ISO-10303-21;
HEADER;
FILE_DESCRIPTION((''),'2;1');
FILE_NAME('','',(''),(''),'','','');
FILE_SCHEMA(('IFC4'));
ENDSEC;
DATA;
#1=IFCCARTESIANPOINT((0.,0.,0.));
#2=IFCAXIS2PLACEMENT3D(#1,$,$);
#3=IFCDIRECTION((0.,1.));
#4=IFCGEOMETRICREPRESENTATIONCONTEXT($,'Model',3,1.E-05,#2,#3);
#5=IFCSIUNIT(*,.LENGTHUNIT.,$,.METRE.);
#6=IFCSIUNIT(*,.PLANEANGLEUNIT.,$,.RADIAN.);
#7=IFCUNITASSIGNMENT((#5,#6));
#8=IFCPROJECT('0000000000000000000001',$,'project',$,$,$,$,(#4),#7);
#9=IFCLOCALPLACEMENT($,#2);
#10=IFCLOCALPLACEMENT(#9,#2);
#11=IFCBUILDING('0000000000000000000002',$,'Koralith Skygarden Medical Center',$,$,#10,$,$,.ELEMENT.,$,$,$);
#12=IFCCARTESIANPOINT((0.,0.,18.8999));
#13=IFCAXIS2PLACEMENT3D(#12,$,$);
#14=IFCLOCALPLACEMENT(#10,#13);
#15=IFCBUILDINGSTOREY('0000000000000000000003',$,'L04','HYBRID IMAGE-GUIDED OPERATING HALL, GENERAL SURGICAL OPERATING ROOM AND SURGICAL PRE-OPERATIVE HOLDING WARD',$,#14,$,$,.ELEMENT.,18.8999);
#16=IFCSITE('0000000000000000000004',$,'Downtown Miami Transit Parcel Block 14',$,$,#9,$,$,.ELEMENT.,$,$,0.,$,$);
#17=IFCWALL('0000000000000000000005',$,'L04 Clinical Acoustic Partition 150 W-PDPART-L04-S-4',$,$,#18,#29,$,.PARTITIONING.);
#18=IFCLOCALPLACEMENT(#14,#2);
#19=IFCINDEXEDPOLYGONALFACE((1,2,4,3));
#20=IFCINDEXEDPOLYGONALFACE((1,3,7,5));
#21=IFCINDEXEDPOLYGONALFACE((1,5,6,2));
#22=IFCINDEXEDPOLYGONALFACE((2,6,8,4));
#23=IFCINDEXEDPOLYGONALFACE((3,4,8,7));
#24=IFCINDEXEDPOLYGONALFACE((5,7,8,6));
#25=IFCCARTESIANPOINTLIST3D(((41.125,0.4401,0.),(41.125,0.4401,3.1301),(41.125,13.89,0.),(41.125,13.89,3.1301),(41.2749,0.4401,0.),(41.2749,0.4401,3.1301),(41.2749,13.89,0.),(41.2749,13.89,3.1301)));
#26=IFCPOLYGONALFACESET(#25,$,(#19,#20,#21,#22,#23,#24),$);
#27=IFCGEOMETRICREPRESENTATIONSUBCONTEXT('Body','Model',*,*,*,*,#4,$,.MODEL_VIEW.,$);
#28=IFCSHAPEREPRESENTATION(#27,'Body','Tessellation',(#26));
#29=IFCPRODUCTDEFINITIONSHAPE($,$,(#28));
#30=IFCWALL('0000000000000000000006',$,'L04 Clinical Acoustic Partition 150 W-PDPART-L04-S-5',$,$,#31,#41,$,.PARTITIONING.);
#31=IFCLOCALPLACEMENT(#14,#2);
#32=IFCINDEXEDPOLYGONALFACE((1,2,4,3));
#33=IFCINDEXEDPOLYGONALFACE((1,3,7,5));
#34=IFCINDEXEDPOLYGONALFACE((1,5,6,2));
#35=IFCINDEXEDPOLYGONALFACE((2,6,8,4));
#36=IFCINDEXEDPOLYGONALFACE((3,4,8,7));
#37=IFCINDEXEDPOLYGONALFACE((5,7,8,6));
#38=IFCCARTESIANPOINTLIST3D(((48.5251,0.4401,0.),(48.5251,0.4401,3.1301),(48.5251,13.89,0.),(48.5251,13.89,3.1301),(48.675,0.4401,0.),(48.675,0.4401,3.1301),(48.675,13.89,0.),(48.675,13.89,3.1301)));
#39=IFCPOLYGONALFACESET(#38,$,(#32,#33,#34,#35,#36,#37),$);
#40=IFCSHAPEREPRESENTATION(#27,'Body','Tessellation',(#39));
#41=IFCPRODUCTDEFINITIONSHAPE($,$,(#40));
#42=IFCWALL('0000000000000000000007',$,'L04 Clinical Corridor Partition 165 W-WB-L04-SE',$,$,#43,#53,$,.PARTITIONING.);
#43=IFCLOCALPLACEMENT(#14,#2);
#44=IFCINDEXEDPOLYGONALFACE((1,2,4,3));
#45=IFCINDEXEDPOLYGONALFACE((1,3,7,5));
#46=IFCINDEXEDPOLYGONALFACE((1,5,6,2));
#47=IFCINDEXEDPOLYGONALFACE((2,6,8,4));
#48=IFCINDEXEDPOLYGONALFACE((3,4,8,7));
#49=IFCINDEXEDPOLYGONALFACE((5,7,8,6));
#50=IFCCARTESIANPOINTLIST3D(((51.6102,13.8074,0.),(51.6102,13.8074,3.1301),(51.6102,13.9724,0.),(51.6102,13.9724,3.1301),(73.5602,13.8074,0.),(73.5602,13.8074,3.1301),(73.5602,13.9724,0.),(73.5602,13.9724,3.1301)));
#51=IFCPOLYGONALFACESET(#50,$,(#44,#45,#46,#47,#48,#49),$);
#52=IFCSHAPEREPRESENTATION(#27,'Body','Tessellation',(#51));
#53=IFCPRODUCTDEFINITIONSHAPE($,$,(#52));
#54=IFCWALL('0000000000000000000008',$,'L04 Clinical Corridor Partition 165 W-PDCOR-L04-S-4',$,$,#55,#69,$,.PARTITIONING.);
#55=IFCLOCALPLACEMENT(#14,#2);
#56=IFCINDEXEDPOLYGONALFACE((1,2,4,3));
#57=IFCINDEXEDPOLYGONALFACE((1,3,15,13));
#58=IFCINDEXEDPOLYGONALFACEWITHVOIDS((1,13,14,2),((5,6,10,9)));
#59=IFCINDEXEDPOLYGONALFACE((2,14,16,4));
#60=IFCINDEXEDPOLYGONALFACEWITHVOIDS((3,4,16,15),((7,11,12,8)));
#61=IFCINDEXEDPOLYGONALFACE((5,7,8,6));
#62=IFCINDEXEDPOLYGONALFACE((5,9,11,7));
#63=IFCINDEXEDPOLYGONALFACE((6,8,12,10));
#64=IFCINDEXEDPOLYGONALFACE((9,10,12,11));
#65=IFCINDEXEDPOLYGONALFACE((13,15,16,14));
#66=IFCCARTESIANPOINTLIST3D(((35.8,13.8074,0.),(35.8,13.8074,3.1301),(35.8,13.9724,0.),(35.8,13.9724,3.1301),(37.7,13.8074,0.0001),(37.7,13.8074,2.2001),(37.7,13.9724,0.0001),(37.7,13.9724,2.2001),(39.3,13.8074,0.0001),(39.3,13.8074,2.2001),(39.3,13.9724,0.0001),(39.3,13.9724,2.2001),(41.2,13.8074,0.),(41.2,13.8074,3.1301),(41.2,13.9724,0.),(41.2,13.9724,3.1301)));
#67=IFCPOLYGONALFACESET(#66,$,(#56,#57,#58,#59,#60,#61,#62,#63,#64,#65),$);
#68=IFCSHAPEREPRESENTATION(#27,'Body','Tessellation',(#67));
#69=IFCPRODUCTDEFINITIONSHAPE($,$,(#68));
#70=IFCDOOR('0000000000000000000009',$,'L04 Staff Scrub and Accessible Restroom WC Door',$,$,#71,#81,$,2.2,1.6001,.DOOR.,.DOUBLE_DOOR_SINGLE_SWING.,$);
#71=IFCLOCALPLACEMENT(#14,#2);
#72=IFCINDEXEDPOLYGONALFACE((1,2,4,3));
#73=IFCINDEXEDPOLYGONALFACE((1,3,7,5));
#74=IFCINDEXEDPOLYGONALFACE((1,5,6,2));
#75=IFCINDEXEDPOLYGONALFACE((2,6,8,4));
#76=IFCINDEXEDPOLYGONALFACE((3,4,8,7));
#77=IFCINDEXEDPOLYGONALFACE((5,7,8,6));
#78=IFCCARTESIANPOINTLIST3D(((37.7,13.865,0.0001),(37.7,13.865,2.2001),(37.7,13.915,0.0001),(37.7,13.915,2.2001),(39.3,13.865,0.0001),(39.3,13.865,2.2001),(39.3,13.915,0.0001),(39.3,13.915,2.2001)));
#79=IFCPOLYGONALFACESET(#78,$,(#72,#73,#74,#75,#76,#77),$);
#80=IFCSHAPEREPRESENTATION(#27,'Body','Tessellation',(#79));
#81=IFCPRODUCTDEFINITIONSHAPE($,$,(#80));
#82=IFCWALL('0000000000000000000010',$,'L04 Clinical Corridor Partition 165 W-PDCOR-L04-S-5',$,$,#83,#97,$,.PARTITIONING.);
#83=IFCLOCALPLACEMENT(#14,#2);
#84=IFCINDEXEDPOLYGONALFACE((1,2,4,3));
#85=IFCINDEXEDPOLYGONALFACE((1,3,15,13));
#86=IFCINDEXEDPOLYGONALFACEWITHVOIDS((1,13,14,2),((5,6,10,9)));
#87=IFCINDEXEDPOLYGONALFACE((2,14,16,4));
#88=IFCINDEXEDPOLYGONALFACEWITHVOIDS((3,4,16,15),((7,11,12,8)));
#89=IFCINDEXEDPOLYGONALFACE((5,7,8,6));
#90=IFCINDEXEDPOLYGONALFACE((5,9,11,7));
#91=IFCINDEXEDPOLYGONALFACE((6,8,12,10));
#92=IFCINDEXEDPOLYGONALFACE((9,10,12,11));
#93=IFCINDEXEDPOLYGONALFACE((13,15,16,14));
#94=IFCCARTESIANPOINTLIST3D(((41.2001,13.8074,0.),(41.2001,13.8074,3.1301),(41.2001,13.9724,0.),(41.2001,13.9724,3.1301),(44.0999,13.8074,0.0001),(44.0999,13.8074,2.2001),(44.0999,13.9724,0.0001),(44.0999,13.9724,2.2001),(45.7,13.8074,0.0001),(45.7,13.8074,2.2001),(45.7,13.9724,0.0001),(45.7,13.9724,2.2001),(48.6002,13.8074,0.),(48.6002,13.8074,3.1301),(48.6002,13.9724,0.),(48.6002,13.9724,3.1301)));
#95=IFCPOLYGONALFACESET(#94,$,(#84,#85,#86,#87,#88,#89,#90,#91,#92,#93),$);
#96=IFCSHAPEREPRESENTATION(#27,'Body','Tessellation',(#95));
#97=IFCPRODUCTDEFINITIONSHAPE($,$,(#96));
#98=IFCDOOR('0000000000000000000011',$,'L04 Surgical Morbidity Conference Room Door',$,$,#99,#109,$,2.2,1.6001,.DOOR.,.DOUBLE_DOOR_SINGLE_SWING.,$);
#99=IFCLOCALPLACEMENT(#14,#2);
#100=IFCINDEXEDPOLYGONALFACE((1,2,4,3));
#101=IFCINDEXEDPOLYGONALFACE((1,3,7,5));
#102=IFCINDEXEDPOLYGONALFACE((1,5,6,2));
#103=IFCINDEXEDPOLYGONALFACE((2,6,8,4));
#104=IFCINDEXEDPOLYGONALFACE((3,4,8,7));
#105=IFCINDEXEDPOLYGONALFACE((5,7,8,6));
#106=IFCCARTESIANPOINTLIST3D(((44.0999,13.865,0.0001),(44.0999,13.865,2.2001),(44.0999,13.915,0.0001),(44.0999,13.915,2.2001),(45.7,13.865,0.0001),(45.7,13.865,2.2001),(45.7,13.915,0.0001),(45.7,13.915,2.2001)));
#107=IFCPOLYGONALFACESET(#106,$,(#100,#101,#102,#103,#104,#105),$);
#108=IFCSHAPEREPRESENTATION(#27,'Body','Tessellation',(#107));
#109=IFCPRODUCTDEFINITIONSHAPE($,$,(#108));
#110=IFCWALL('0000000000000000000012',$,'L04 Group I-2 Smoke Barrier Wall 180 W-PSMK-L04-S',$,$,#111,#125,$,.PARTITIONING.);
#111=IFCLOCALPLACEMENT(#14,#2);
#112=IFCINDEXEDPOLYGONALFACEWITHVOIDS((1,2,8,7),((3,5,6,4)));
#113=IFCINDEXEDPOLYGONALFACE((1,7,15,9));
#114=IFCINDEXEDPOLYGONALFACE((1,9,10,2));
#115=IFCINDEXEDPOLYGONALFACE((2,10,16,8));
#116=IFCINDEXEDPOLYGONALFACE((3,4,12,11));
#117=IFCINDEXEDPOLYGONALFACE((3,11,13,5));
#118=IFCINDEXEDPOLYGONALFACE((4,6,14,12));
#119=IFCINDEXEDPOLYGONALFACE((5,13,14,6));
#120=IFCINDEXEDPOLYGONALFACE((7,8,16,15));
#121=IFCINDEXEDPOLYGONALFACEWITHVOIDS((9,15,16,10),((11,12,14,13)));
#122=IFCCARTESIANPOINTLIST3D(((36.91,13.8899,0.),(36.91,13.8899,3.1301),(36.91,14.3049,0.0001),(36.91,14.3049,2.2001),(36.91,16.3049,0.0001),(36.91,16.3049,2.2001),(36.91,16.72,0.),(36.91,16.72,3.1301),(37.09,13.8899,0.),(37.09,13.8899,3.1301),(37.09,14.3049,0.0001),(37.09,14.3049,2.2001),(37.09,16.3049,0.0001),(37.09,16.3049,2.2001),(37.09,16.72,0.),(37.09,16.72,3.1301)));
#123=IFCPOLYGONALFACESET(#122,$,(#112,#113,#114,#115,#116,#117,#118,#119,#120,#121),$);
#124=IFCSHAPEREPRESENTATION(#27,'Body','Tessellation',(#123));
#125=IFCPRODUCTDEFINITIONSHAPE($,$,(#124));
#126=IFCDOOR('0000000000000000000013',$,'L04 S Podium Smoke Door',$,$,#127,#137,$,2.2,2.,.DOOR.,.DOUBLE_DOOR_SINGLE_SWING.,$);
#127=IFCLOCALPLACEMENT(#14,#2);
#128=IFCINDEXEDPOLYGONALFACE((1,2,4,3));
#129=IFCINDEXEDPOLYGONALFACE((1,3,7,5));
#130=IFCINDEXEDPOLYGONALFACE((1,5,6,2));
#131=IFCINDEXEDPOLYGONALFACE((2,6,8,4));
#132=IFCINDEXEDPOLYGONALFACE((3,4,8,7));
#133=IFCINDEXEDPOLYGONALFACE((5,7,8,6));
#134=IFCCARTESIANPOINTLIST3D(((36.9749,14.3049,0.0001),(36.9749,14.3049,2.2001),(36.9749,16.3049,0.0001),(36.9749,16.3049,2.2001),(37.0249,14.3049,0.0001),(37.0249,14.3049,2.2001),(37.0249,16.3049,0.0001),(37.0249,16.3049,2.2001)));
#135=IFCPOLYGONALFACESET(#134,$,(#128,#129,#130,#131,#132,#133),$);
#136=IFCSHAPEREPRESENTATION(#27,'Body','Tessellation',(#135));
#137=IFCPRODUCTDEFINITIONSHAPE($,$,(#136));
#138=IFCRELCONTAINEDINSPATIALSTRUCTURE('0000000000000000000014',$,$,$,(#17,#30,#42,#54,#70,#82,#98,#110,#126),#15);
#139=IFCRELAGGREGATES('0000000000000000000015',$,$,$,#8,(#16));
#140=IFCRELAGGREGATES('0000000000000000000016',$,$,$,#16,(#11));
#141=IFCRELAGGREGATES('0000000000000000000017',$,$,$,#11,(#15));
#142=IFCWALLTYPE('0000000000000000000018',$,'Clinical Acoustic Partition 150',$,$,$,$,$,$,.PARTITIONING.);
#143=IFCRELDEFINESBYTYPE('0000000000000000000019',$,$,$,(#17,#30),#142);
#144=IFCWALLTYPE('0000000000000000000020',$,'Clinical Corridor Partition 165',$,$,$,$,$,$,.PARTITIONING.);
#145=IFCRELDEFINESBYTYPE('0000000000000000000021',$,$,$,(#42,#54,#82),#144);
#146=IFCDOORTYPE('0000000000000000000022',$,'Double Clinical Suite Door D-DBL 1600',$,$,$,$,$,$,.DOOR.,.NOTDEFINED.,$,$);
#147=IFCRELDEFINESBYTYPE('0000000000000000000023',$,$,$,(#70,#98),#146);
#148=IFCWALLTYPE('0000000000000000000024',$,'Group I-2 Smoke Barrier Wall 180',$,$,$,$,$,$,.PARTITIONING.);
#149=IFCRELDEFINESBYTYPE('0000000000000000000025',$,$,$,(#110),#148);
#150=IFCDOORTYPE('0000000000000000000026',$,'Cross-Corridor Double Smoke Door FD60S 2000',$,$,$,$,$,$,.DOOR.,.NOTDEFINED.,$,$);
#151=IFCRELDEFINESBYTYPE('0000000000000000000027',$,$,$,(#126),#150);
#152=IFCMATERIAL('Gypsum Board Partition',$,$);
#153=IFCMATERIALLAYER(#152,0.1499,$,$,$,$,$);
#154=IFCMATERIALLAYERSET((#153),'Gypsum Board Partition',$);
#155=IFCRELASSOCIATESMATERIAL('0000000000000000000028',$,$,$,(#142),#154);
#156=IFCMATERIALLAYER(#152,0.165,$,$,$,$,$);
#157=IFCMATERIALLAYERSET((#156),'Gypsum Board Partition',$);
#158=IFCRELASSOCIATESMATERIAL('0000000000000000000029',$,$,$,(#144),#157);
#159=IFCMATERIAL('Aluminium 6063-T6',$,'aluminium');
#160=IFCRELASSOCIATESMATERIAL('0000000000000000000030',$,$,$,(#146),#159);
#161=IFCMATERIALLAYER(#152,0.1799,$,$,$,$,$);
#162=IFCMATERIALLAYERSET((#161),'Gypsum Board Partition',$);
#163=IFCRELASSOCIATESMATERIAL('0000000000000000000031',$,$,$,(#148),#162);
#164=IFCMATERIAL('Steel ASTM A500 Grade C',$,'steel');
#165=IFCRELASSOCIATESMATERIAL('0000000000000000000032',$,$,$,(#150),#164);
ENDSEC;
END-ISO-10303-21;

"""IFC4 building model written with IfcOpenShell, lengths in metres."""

from ifc_helpers import new_model, si_unit, direction, frame, frame_2d, origin, place, context, subcontext, project, spatial, rectangle, extrude, material, layer, layer_set, type_object, element, fill, save


model = new_model("IFC4")

# Units and contexts
model_context = context("Model", 3, precision=1e-05, world=origin(), true_north=direction((0.0, 1.0)))
body_context = subcontext(model_context, "Body", "Model", "MODEL_VIEW")
ifc_project = project(units=[si_unit("LENGTHUNIT", "METRE"), si_unit("PLANEANGLEUNIT", "RADIAN")], contexts=[model_context])

# Site, building, storey
site_placement = place(None, origin())
site = spatial("IfcSite", under=ifc_project, at=site_placement, Name="Downtown Miami Transit Parcel Block 14", CompositionType="ELEMENT", RefElevation=0.0)
building_placement = place(site_placement, origin())
building = spatial("IfcBuilding", under=site, at=building_placement, Name="Koralith Skygarden Medical Center", CompositionType="ELEMENT")
storey_placement = place(building_placement, frame((0.0, 0.0, 18.8999)))
storey = spatial("IfcBuildingStorey", under=building, at=storey_placement, Name="L04", Description="HYBRID IMAGE-GUIDED OPERATING HALL, GENERAL SURGICAL OPERATING ROOM AND SURGICAL PRE-OPERATIVE HOLDING WARD", CompositionType="ELEMENT", Elevation=18.8999)

# Shared definitions
ifc_material_1 = material(Name="Aluminium 6063-T6", Category="aluminium")

# Walls
ifc_material_2 = material(Name="Gypsum Board Partition")
ifc_layer_1 = layer(ifc_material_2, 0.1499)
ifc_layer_set_1 = layer_set([ifc_layer_1], Name="Gypsum Board Partition")
wall_type_1 = type_object("IfcWallType", Name="Clinical Acoustic Partition 150", PredefinedType="PARTITIONING", material=ifc_layer_set_1)
for number, where, z_axis, x_axis, name in (
    (1, (41.2, 0.4399, 0.0), (0.0, 0.0, 1.0), (0.0, 1.0, 0.0), "L04 Clinical Acoustic Partition 150 W-PDPART-L04-S-4"),
    (2, (48.6001, 0.4399, 0.0), (0.0, 0.0, 1.0), (0.0, 1.0, 0.0), "L04 Clinical Acoustic Partition 150 W-PDPART-L04-S-5"),
):
    element("IfcWall", number, at=place(storey_placement, frame(where, z_axis=z_axis, x_axis=x_axis)), inside=storey, type_object=wall_type_1, Name=name, PredefinedType="PARTITIONING", context=body_context, shape_type="SweptSolid", body=[
        extrude(rectangle(XDim=13.45, YDim=0.1499, at=frame_2d((6.7251, 0.0))), origin(), (0.0, 0.0, 1.0), 3.1301),
    ])
ifc_layer_2 = layer(ifc_material_2, 0.165)
ifc_layer_set_2 = layer_set([ifc_layer_2], Name="Gypsum Board Partition")
wall_type_2 = type_object("IfcWallType", Name="Clinical Corridor Partition 165", PredefinedType="PARTITIONING", material=ifc_layer_set_2)
wall_1_placement = place(storey_placement, frame((51.6101, 13.8899, 0.0), z_axis=(0.0, 0.0, 1.0), x_axis=(1.0, 0.0, 0.0)))
element("IfcWall", 3, at=wall_1_placement, inside=storey, type_object=wall_type_2, Name="L04 Clinical Corridor Partition 165 W-WB-L04-SE", PredefinedType="PARTITIONING", context=body_context, shape_type="SweptSolid", body=[
    extrude(rectangle(XDim=21.95, YDim=0.165, at=frame_2d((10.9751, 0.0))), origin(), (0.0, 0.0, 1.0), 3.1301),
])

# Walls, openings, doors
wall_2_placement = place(storey_placement, frame((35.8, 13.8899, 0.0), z_axis=(0.0, 0.0, 1.0), x_axis=(1.0, 0.0, 0.0)))
wall_2 = element("IfcWall", 4, at=wall_2_placement, inside=storey, type_object=wall_type_2, Name="L04 Clinical Corridor Partition 165 W-PDCOR-L04-S-4", PredefinedType="PARTITIONING", context=body_context, shape_type="SweptSolid", body=[
    extrude(rectangle(XDim=5.3999, YDim=0.165, at=frame_2d((2.7, 0.0))), origin(), (0.0, 0.0, 1.0), 3.1301),
])
opening_1_placement = place(wall_2_placement, frame((1.8999, 0.0, 0.0)))
opening_1 = element("IfcOpeningElement", 5, at=opening_1_placement, cuts=wall_2, PredefinedType="OPENING", context=body_context, shape_type="SweptSolid", body=[
    extrude(rectangle(XDim=1.6001, YDim=2.2, at=frame_2d((0.8, 1.1001))), frame((0.0, 0.0925, 0.0), z_axis=(0.0, -1.0, 0.0), x_axis=(1.0, 0.0, 0.0)), (0.0, 0.0, 1.0), 0.1851),
])
door_type_1 = type_object("IfcDoorType", Name="Double Clinical Suite Door D-DBL 1600", OperationType="NOTDEFINED", PredefinedType="DOOR", material=ifc_material_1)
door_1_placement = place(opening_1_placement, frame((1.6001, 0.0, 0.0), z_axis=(0.0, 0.0, 1.0), x_axis=(-1.0, 0.0, 0.0)))
door_1 = element("IfcDoor", 6, at=door_1_placement, inside=storey, type_object=door_type_1, Name="L04 Staff Scrub and Accessible Restroom WC Door", OperationType="DOUBLE_DOOR_SINGLE_SWING", OverallHeight=2.2, OverallWidth=1.6001, PredefinedType="DOOR", context=body_context, shape_type="SweptSolid", body=[
    extrude(rectangle(XDim=1.6001, YDim=2.2, at=frame_2d((0.8, 1.1001))), frame((0.0, 0.0249, 0.0), z_axis=(0.0, -1.0, 0.0), x_axis=(1.0, 0.0, 0.0)), (0.0, 0.0, 1.0), 0.05),
])
fill(opening_1, door_1)
wall_3_placement = place(storey_placement, frame((41.2, 13.8899, 0.0), z_axis=(0.0, 0.0, 1.0), x_axis=(1.0, 0.0, 0.0)))
wall_3 = element("IfcWall", 7, at=wall_3_placement, inside=storey, type_object=wall_type_2, Name="L04 Clinical Corridor Partition 165 W-PDCOR-L04-S-5", PredefinedType="PARTITIONING", context=body_context, shape_type="SweptSolid", body=[
    extrude(rectangle(XDim=7.4001, YDim=0.165, at=frame_2d((3.7002, 0.0))), origin(), (0.0, 0.0, 1.0), 3.1301),
])
opening_2_placement = place(wall_3_placement, frame((2.8999, 0.0, 0.0)))
opening_2 = element("IfcOpeningElement", 8, at=opening_2_placement, cuts=wall_3, PredefinedType="OPENING", context=body_context, shape_type="SweptSolid", body=[
    extrude(rectangle(XDim=1.6001, YDim=2.2, at=frame_2d((0.8, 1.1001))), frame((0.0, 0.0925, 0.0), z_axis=(0.0, -1.0, 0.0), x_axis=(1.0, 0.0, 0.0)), (0.0, 0.0, 1.0), 0.1851),
])
door_2_placement = place(opening_2_placement, frame((1.6001, 0.0, 0.0), z_axis=(0.0, 0.0, 1.0), x_axis=(-1.0, 0.0, 0.0)))
door_2 = element("IfcDoor", 9, at=door_2_placement, inside=storey, type_object=door_type_1, Name="L04 Surgical Morbidity Conference Room Door", OperationType="DOUBLE_DOOR_SINGLE_SWING", OverallHeight=2.2, OverallWidth=1.6001, PredefinedType="DOOR", context=body_context, shape_type="SweptSolid", body=[
    extrude(rectangle(XDim=1.6001, YDim=2.2, at=frame_2d((0.8, 1.1001))), frame((0.0, 0.0249, 0.0), z_axis=(0.0, -1.0, 0.0), x_axis=(1.0, 0.0, 0.0)), (0.0, 0.0, 1.0), 0.05),
])
fill(opening_2, door_2)
ifc_layer_3 = layer(ifc_material_2, 0.1799)
ifc_layer_set_3 = layer_set([ifc_layer_3], Name="Gypsum Board Partition")
wall_type_3 = type_object("IfcWallType", Name="Group I-2 Smoke Barrier Wall 180", PredefinedType="PARTITIONING", material=ifc_layer_set_3)
wall_4_placement = place(storey_placement, frame((37.0, 13.8899, 0.0), z_axis=(0.0, 0.0, 1.0), x_axis=(0.0, 1.0, 0.0)))
wall_4 = element("IfcWall", 10, at=wall_4_placement, inside=storey, type_object=wall_type_3, Name="L04 Group I-2 Smoke Barrier Wall 180 W-PSMK-L04-S", PredefinedType="PARTITIONING", context=body_context, shape_type="SweptSolid", body=[
    extrude(rectangle(XDim=2.8301, YDim=0.1799, at=frame_2d((1.415, 0.0))), origin(), (0.0, 0.0, 1.0), 3.1301),
])
opening_3_placement = place(wall_4_placement, frame((0.415, 0.0, 0.0)))
opening_3 = element("IfcOpeningElement", 11, at=opening_3_placement, cuts=wall_4, PredefinedType="OPENING", context=body_context, shape_type="SweptSolid", body=[
    extrude(rectangle(XDim=2.0, YDim=2.2, at=frame_2d((1.0, 1.1001))), frame((0.0, 0.0999, 0.0), z_axis=(0.0, -1.0, 0.0), x_axis=(1.0, 0.0, 0.0)), (0.0, 0.0, 1.0), 0.2),
])
ifc_material_3 = material(Name="Steel ASTM A500 Grade C", Category="steel")
door_type_2 = type_object("IfcDoorType", Name="Cross-Corridor Double Smoke Door FD60S 2000", OperationType="NOTDEFINED", PredefinedType="DOOR", material=ifc_material_3)
door_3_placement = place(opening_3_placement, frame((2.0, 0.0, 0.0), z_axis=(0.0, 0.0, 1.0), x_axis=(-1.0, 0.0, 0.0)))
door_3 = element("IfcDoor", 12, at=door_3_placement, inside=storey, type_object=door_type_2, Name="L04 S Podium Smoke Door", OperationType="DOUBLE_DOOR_SINGLE_SWING", OverallHeight=2.2, OverallWidth=2.0, PredefinedType="DOOR", context=body_context, shape_type="SweptSolid", body=[
    extrude(rectangle(XDim=2.0, YDim=2.2, at=frame_2d((1.0, 1.1001))), frame((0.0, 0.0249, 0.0), z_axis=(0.0, -1.0, 0.0), x_axis=(1.0, 0.0, 0.0)), (0.0, 0.0, 1.0), 0.05),
])
fill(opening_3, door_3)

save(model, "model.ifc")
